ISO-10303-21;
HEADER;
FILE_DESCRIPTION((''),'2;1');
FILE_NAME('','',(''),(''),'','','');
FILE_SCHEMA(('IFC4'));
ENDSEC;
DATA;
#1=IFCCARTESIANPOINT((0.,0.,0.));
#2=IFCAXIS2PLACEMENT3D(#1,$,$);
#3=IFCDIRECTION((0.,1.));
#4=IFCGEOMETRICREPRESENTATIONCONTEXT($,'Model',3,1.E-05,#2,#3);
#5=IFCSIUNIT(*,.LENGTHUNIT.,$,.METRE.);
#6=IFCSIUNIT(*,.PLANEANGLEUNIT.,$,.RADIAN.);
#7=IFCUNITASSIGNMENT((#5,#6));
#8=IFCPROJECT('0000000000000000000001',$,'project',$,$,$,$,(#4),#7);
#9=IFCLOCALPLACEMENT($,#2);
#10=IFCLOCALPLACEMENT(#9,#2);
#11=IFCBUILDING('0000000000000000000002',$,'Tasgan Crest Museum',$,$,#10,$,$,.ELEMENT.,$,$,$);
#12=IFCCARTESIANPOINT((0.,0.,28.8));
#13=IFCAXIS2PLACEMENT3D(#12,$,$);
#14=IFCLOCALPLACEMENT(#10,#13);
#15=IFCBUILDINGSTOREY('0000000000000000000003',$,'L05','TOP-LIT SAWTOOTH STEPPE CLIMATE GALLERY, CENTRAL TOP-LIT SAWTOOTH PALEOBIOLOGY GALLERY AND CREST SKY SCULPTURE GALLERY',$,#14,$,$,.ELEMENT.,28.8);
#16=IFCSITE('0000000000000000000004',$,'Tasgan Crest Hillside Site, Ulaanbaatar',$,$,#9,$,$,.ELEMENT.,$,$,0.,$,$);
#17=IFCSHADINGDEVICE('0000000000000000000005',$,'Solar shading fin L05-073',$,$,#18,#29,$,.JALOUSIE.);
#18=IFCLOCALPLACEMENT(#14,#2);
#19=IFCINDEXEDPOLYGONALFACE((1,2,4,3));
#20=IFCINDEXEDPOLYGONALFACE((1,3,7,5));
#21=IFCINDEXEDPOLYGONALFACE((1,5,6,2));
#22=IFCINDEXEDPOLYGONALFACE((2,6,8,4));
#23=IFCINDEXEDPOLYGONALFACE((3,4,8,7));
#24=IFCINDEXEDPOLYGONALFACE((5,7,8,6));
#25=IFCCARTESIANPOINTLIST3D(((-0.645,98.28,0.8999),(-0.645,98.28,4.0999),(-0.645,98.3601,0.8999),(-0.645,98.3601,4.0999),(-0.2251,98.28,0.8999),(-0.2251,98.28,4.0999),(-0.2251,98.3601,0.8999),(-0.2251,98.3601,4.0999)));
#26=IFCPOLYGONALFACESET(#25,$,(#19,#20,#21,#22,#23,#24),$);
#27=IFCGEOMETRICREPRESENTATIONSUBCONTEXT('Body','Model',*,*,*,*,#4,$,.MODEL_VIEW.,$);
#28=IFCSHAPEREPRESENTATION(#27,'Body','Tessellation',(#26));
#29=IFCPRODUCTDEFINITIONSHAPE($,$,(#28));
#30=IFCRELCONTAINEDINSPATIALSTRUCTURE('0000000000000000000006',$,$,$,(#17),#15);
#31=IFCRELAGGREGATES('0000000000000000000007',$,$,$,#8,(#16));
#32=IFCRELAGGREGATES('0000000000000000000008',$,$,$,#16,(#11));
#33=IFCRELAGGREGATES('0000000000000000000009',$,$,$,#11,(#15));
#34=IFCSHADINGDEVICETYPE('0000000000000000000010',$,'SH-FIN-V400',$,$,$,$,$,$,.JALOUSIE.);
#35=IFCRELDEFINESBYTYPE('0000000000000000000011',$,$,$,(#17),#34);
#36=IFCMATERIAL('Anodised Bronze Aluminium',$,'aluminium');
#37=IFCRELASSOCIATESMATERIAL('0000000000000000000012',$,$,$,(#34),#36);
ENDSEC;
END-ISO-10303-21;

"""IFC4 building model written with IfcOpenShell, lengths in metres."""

from ifc_helpers import new_model, si_unit, direction, frame, origin, origin_2d, place, context, subcontext, project, spatial, rectangle, extrude, material, type_object, element, save


model = new_model("IFC4")

# Units and contexts
model_context = context("Model", 3, precision=1e-05, world=origin(), true_north=direction((0.0, 1.0)))
body_context = subcontext(model_context, "Body", "Model", "MODEL_VIEW")
ifc_project = project(units=[si_unit("LENGTHUNIT", "METRE"), si_unit("PLANEANGLEUNIT", "RADIAN")], contexts=[model_context])

# Site, building, storey
site_placement = place(None, origin())
site = spatial("IfcSite", under=ifc_project, at=site_placement, Name="Tasgan Crest Hillside Site, Ulaanbaatar", CompositionType="ELEMENT", RefElevation=0.0)
building_placement = place(site_placement, origin())
building = spatial("IfcBuilding", under=site, at=building_placement, Name="Tasgan Crest Museum", CompositionType="ELEMENT")
storey_placement = place(building_placement, frame((0.0, 0.0, 28.8)))
storey = spatial("IfcBuildingStorey", under=building, at=storey_placement, Name="L05", Description="TOP-LIT SAWTOOTH STEPPE CLIMATE GALLERY, CENTRAL TOP-LIT SAWTOOTH PALEOBIOLOGY GALLERY AND CREST SKY SCULPTURE GALLERY", CompositionType="ELEMENT", Elevation=28.8)

# Shading device
ifc_material_1 = material(Name="Anodised Bronze Aluminium", Category="aluminium")
shading_device_type = type_object("IfcShadingDeviceType", Name="SH-FIN-V400", PredefinedType="JALOUSIE", material=ifc_material_1)
shading_device_placement = place(storey_placement, frame((-0.4351, 98.3201, 0.8999), z_axis=(0.0, 0.0, 1.0), x_axis=(0.0, -1.0, 0.0)))
element("IfcShadingDevice", 1, at=shading_device_placement, inside=storey, type_object=shading_device_type, Name="Solar shading fin L05-073", PredefinedType="JALOUSIE", context=body_context, shape_type="SweptSolid", body=[
    extrude(rectangle(XDim=0.0801, YDim=0.4199, at=origin_2d()), origin(), (0.0, 0.0, 1.0), 3.2),
])

save(model, "model.ifc")
